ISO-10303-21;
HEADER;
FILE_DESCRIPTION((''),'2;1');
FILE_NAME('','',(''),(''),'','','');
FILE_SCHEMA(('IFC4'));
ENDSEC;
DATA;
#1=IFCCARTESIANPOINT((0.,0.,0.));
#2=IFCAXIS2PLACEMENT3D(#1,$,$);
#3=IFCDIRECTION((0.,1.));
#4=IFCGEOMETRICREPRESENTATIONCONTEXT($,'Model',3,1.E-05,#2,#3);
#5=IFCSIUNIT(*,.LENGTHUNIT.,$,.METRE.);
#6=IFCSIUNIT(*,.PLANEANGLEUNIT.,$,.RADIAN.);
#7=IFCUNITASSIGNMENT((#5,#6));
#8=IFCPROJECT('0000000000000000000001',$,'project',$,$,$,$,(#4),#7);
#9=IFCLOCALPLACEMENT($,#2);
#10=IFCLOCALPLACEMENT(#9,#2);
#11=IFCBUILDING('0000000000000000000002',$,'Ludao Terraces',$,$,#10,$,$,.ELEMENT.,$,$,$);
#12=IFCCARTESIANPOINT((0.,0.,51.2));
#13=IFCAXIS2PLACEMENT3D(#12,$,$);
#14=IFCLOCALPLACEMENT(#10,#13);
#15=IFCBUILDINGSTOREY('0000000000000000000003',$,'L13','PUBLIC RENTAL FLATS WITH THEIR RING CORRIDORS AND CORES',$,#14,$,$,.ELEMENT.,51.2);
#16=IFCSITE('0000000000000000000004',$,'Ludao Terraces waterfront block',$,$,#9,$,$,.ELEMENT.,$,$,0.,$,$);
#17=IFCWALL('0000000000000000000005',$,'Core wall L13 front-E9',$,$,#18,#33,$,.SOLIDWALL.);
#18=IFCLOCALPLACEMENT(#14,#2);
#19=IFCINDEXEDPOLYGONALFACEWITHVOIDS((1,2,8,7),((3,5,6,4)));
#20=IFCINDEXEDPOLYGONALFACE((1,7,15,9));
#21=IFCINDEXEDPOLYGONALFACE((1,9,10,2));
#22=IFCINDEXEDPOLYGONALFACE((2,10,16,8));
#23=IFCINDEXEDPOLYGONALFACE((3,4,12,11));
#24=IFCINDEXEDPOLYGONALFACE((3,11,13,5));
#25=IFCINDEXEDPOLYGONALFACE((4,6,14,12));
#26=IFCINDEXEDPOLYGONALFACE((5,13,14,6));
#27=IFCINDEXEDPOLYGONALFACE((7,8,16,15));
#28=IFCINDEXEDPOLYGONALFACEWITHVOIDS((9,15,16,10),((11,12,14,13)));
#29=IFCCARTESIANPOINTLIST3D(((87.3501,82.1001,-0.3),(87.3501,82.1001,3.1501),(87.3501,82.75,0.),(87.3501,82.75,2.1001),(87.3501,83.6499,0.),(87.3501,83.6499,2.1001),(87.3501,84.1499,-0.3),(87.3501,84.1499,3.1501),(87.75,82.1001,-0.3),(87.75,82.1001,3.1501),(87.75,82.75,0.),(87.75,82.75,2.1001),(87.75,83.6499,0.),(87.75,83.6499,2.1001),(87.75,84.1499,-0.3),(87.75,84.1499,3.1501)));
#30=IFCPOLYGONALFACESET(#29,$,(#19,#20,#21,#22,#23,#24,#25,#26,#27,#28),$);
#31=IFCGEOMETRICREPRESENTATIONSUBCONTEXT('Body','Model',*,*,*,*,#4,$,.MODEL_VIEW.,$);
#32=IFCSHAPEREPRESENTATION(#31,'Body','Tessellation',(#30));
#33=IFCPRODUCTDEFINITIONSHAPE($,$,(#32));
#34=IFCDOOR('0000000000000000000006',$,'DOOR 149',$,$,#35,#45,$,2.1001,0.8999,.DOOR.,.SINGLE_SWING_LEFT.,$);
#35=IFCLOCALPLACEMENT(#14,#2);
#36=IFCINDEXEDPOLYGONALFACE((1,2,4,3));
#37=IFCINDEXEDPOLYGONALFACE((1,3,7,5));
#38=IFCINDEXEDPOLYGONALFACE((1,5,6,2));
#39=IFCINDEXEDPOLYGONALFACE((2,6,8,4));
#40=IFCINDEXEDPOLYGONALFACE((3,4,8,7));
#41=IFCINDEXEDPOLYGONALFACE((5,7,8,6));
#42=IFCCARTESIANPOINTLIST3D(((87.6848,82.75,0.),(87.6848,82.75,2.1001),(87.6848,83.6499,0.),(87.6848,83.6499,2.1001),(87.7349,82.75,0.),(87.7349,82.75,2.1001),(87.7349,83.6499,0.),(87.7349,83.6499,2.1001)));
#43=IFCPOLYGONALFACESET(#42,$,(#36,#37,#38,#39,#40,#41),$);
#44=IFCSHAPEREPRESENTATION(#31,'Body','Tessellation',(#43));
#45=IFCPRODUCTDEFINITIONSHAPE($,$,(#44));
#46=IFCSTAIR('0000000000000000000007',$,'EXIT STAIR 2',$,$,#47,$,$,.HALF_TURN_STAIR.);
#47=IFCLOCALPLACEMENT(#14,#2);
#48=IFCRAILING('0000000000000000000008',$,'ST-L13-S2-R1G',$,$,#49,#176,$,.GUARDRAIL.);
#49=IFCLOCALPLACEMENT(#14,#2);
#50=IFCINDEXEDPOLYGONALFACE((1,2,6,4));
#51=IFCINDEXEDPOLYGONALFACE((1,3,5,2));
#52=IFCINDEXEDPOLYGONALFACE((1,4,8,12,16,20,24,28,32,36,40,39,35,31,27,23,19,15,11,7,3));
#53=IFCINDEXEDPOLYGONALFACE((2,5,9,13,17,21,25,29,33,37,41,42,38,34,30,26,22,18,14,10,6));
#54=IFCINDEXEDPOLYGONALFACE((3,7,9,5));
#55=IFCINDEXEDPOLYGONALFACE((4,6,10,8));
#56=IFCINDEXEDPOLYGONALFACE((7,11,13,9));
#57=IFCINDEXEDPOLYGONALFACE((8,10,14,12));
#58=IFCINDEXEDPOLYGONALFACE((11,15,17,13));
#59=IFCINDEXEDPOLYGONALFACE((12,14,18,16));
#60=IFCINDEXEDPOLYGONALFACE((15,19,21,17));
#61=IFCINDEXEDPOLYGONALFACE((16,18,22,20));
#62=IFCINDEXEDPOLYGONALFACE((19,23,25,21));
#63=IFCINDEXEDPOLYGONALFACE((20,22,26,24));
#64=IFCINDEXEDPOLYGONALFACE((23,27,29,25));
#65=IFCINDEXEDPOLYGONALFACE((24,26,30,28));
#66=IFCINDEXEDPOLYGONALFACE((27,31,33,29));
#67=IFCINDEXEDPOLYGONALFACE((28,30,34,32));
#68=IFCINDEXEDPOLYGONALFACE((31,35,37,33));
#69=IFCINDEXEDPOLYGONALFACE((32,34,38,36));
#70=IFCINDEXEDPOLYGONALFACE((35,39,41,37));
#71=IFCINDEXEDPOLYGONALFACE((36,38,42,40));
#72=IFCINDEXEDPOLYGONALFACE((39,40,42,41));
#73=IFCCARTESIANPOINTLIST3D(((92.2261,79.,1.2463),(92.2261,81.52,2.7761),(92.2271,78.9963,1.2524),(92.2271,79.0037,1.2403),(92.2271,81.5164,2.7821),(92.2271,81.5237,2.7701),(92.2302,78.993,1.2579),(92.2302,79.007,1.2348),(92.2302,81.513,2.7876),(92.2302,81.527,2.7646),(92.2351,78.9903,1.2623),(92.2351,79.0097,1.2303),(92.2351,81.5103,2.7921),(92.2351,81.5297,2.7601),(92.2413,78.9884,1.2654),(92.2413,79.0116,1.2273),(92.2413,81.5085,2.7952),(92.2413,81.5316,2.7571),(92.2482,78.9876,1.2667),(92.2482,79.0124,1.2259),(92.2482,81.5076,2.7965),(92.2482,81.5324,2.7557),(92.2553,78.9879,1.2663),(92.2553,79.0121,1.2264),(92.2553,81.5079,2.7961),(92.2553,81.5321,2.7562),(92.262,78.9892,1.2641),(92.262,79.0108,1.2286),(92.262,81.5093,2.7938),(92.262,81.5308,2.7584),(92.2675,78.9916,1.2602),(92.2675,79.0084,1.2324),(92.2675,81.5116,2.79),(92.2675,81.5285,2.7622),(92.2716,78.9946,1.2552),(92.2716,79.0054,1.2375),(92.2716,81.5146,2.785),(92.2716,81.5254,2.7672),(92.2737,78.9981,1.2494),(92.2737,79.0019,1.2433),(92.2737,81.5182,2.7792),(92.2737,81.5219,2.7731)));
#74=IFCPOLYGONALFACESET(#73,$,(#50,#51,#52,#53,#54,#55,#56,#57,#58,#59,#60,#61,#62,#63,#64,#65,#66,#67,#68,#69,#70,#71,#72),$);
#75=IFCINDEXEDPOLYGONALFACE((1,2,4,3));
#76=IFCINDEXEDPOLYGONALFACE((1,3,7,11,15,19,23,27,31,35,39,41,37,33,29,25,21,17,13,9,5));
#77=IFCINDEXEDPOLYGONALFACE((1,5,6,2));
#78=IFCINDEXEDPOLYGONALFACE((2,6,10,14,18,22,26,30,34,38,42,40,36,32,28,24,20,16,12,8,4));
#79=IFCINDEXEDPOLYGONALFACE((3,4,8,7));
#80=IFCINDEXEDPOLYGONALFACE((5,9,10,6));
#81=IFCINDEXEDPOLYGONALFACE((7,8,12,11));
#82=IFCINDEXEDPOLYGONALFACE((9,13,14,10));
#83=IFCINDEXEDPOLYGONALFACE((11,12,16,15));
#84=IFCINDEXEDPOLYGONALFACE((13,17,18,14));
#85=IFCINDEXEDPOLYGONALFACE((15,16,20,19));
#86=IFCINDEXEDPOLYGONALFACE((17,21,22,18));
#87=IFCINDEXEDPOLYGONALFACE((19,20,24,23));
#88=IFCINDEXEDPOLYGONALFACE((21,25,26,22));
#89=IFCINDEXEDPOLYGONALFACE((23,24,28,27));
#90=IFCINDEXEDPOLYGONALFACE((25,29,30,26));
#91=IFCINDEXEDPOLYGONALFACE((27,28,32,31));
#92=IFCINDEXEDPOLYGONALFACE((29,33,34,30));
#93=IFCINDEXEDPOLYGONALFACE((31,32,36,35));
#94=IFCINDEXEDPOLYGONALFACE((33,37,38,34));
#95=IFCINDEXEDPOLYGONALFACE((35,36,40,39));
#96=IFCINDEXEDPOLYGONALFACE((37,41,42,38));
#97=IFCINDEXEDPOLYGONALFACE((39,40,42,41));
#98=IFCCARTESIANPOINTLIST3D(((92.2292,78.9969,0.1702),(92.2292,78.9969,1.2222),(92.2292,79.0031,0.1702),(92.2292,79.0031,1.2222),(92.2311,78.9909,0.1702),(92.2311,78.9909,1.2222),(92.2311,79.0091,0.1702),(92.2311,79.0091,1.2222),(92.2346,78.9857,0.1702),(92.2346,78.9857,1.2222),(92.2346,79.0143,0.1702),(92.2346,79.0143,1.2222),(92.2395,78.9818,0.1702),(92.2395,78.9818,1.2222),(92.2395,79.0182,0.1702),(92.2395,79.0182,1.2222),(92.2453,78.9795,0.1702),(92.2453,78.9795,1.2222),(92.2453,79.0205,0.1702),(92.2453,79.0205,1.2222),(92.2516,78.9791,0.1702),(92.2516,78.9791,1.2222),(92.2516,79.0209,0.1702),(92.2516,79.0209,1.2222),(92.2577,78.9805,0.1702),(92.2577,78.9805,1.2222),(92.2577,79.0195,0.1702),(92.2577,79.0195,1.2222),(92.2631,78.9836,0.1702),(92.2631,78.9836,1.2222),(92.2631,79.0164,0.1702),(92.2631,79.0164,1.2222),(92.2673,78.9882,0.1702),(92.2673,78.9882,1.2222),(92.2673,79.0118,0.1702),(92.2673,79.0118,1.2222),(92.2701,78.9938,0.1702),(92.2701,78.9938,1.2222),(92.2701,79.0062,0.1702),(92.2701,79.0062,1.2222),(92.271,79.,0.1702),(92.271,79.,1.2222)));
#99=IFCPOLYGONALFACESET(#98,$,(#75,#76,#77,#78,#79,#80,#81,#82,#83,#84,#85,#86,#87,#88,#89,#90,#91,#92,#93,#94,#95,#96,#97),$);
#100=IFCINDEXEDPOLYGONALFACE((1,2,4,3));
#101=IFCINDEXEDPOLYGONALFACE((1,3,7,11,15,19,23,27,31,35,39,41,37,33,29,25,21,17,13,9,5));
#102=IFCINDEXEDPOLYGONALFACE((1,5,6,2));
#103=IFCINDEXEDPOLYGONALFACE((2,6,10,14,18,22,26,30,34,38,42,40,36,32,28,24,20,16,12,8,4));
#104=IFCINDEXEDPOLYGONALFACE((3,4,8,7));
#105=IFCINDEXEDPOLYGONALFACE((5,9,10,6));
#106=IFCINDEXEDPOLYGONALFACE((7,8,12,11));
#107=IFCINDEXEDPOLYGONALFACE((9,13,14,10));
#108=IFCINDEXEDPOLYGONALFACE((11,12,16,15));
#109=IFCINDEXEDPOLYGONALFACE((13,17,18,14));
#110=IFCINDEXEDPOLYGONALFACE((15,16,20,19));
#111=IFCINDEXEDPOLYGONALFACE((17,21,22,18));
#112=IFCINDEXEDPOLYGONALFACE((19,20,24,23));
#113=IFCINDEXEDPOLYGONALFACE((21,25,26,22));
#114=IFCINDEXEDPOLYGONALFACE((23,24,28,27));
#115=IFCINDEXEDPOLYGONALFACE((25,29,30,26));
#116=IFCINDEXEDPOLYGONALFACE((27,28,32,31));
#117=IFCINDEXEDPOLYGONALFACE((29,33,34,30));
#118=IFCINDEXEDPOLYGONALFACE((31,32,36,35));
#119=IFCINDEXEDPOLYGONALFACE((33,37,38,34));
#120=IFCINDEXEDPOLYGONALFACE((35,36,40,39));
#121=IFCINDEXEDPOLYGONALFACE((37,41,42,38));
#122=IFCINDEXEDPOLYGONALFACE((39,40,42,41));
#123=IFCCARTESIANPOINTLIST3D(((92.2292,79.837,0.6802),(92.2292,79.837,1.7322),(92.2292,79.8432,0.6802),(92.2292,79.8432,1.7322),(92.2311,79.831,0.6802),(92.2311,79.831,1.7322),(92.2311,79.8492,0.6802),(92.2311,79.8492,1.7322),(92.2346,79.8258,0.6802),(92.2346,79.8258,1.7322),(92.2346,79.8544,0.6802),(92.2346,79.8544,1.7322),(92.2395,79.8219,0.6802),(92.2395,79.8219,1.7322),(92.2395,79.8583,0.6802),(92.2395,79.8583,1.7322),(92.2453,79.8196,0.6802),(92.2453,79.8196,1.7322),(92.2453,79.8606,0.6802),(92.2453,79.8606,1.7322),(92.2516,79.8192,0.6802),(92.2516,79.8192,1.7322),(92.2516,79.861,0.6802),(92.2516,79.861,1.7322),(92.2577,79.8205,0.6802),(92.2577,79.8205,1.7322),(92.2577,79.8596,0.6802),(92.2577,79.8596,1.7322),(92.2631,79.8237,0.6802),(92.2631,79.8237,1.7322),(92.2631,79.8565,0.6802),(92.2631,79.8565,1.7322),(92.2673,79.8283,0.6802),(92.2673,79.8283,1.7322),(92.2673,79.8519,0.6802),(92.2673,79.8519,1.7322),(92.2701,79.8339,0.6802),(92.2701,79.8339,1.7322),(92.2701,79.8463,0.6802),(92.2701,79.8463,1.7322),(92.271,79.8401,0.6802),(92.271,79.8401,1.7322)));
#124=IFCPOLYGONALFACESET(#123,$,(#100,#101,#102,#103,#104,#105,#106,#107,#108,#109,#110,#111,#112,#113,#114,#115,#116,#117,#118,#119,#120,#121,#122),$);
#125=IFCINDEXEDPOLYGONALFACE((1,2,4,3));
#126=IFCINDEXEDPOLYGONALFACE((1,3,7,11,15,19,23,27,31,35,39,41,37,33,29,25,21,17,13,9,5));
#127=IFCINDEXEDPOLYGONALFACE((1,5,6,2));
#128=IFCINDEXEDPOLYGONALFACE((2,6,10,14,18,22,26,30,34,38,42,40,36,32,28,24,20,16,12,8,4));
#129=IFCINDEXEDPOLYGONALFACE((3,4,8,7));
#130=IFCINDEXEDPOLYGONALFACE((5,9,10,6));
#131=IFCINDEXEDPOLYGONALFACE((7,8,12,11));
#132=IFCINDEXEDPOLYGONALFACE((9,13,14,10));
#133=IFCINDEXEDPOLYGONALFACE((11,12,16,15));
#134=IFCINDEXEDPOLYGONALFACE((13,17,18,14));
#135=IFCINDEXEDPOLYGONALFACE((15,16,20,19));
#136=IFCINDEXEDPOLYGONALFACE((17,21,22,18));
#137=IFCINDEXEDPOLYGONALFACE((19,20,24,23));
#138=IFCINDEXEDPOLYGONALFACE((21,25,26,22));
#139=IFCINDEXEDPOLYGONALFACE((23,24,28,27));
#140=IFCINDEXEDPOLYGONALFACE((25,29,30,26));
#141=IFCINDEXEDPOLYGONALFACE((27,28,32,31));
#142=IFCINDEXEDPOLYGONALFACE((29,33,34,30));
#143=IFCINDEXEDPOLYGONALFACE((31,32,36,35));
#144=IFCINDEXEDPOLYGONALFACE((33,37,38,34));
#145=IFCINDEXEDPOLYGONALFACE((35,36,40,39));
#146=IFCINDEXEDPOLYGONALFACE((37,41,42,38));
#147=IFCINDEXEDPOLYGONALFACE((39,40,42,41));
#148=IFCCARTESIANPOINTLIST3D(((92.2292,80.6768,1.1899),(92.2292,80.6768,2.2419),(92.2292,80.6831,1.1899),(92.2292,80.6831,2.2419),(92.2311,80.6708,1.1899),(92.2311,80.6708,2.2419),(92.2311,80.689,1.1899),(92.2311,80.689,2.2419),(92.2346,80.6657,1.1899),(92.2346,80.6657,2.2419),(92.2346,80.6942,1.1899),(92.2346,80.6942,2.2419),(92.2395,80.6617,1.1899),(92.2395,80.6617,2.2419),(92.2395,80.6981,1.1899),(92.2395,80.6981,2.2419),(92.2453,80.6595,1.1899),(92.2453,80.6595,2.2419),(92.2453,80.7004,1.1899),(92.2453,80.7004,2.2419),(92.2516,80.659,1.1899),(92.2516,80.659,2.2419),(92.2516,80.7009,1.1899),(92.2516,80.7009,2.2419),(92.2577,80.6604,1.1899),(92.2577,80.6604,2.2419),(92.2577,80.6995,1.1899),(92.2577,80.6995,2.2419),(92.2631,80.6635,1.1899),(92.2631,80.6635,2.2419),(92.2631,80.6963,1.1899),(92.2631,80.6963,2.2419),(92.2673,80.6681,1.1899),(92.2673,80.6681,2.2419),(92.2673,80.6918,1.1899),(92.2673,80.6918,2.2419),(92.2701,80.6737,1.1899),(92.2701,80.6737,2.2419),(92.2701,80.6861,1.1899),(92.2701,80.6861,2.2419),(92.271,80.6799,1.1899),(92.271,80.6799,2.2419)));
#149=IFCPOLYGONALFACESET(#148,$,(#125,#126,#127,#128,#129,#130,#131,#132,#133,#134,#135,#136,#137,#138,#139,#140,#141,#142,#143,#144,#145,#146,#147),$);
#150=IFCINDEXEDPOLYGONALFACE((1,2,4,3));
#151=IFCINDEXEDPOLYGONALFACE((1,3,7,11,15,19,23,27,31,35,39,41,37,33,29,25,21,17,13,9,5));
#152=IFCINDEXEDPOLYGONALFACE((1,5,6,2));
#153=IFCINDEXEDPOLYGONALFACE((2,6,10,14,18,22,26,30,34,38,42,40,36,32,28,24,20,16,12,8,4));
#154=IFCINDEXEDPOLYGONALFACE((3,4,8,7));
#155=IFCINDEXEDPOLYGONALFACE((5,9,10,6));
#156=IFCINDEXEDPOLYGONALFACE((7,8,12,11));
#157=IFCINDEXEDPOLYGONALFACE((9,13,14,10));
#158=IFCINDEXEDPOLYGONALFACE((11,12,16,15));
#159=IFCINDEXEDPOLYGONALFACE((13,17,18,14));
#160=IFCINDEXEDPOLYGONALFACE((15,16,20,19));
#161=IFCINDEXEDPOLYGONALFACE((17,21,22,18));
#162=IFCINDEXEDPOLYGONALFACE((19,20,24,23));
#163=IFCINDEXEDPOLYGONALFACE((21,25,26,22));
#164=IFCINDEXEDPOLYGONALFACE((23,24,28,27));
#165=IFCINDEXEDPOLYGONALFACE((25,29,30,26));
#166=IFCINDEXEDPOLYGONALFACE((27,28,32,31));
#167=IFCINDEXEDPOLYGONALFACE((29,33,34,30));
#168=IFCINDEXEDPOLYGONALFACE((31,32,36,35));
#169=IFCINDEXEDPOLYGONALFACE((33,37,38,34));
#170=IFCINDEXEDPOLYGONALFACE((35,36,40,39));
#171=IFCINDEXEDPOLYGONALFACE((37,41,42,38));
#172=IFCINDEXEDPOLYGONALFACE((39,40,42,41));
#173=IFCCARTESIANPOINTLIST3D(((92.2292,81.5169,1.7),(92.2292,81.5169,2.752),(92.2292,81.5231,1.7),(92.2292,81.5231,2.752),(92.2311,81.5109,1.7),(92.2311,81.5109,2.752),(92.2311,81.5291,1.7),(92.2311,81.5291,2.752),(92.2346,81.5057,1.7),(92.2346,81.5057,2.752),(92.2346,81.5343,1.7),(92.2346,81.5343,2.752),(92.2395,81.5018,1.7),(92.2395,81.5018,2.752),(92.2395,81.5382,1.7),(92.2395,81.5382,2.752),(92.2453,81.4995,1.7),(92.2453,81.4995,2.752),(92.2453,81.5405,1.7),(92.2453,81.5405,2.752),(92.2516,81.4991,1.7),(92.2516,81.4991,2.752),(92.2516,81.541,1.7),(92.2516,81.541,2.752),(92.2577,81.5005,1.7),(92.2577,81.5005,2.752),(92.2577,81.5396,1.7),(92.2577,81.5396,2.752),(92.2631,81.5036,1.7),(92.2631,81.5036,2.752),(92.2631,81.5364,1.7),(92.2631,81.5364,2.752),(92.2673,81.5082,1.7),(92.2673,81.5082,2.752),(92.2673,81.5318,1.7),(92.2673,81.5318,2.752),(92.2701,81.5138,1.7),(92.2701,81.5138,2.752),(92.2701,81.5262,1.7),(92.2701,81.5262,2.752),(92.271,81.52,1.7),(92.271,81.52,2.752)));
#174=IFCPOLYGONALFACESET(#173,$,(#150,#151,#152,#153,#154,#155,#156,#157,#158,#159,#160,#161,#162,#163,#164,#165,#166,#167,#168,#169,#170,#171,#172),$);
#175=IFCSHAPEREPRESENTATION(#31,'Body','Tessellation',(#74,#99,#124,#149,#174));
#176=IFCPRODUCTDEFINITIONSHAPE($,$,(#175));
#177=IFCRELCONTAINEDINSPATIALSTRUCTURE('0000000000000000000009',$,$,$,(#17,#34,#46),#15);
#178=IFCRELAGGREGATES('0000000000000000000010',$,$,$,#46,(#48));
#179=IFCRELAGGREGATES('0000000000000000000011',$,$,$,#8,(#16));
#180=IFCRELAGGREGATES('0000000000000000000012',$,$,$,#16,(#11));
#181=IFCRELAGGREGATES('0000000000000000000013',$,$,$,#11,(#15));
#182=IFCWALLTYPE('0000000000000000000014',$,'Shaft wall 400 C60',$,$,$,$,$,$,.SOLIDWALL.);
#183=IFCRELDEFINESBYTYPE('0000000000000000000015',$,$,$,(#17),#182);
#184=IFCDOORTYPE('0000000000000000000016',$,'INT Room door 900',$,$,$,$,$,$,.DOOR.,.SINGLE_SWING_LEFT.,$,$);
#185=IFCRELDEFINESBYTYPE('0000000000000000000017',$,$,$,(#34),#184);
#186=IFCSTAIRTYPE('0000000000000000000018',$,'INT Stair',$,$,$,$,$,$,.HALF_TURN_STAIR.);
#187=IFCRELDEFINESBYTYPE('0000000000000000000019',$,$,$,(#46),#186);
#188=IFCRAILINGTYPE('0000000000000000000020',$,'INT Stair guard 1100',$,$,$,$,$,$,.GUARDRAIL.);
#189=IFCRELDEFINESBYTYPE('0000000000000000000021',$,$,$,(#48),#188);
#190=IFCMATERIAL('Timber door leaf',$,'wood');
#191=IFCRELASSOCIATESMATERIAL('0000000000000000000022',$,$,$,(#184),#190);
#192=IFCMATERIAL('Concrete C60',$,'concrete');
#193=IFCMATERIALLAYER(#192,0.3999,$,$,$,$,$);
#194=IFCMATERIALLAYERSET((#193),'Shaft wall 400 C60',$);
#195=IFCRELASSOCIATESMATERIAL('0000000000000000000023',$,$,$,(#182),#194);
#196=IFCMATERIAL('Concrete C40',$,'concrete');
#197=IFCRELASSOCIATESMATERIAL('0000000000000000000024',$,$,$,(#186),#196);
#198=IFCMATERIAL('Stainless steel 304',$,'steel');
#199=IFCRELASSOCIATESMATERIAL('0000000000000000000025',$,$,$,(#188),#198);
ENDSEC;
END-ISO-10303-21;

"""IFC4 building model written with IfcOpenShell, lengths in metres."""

from ifc_helpers import new_model, si_unit, direction, frame, frame_2d, origin, origin_2d, place, context, subcontext, project, spatial, rectangle, circle, extrude, material, layer, layer_set, type_object, element, fill, aggregate, save


model = new_model("IFC4")

# Units and contexts
model_context = context("Model", 3, precision=1e-05, world=origin(), true_north=direction((0.0, 1.0)))
body_context = subcontext(model_context, "Body", "Model", "MODEL_VIEW")
ifc_project = project(units=[si_unit("LENGTHUNIT", "METRE"), si_unit("PLANEANGLEUNIT", "RADIAN")], contexts=[model_context])

# Site, building, storey
site_placement = place(None, origin())
site = spatial("IfcSite", under=ifc_project, at=site_placement, Name="Ludao Terraces waterfront block", CompositionType="ELEMENT", RefElevation=0.0)
building_placement = place(site_placement, origin())
building = spatial("IfcBuilding", under=site, at=building_placement, Name="Ludao Terraces", CompositionType="ELEMENT")
storey_placement = place(building_placement, frame((0.0, 0.0, 51.2)))
storey = spatial("IfcBuildingStorey", under=building, at=storey_placement, Name="L13", Description="PUBLIC RENTAL FLATS WITH THEIR RING CORRIDORS AND CORES", CompositionType="ELEMENT", Elevation=51.2)

# Shared definitions
ifc_material_1 = material(Name="Timber door leaf", Category="wood")
door_type_1 = type_object("IfcDoorType", Name="INT Room door 900", OperationType="SINGLE_SWING_LEFT", PredefinedType="DOOR", material=ifc_material_1)

# Shared definitions
ifc_material_2 = material(Name="Concrete C60", Category="concrete")
ifc_layer_1 = layer(ifc_material_2, 0.3999)
ifc_layer_set_1 = layer_set([ifc_layer_1], Name="Shaft wall 400 C60")
wall_type_1 = type_object("IfcWallType", Name="Shaft wall 400 C60", PredefinedType="SOLIDWALL", material=ifc_layer_set_1)
ifc_material_3 = material(Name="Stainless steel 304", Category="steel")

# Wall, opening, door
wall_1_placement = place(storey_placement, frame((87.55, 82.1001, -0.3), z_axis=(0.0, 0.0, 1.0), x_axis=(0.0, 1.0, 0.0)))
wall_1 = element("IfcWall", 1, at=wall_1_placement, inside=storey, type_object=wall_type_1, Name="Core wall L13 front-E9", PredefinedType="SOLIDWALL", context=body_context, shape_type="SweptSolid", body=[
    extrude(rectangle(XDim=2.0498, YDim=0.3999, at=frame_2d((1.0249, 0.0))), origin(), (0.0, 0.0, 1.0), 3.4502),
])
opening_1_placement = place(wall_1_placement, frame((0.6499, 0.0, 0.3)))
opening_1 = element("IfcOpeningElement", 2, at=opening_1_placement, cuts=wall_1, PredefinedType="OPENING", context=body_context, shape_type="SweptSolid", body=[
    extrude(rectangle(XDim=0.8999, YDim=2.1001, at=frame_2d((0.45, 1.05))), frame((0.0, 0.21, 0.0), z_axis=(0.0, -1.0, 0.0), x_axis=(1.0, 0.0, 0.0)), (0.0, 0.0, 1.0), 0.4199),
])
door_1_placement = place(opening_1_placement, origin())
door_1 = element("IfcDoor", 3, at=door_1_placement, inside=storey, type_object=door_type_1, Name="DOOR 149", OperationType="SINGLE_SWING_LEFT", OverallHeight=2.1001, OverallWidth=0.8999, PredefinedType="DOOR", context=body_context, shape_type="SweptSolid", body=[
    extrude(rectangle(XDim=0.8999, YDim=2.1001, at=frame_2d((0.45, 1.05))), frame((0.0, -0.1348, 0.0), z_axis=(0.0, -1.0, 0.0), x_axis=(1.0, 0.0, 0.0)), (0.0, 0.0, 1.0), 0.05),
])
fill(opening_1, door_1)

# Stair, railing
ifc_material_4 = material(Name="Concrete C40", Category="concrete")
stair_type = type_object("IfcStairType", Name="INT Stair", PredefinedType="HALF_TURN_STAIR", material=ifc_material_4)
stair_placement = place(storey_placement, origin())
stair = element("IfcStair", 4, at=stair_placement, inside=storey, type_object=stair_type, Name="EXIT STAIR 2", PredefinedType="HALF_TURN_STAIR")
railing_type = type_object("IfcRailingType", Name="INT Stair guard 1100", PredefinedType="GUARDRAIL", material=ifc_material_3)
railing_1_placement = place(storey_placement, frame((92.25, 79.0, 0.1702)))
railing_1 = element("IfcRailing", 5, at=railing_1_placement, type_object=railing_type, Name="ST-L13-S2-R1G", PredefinedType="GUARDRAIL", context=body_context, shape_type="SweptSolid", body=[
    extrude(circle(Radius=0.0239, at=origin_2d()), frame((0.0, 0.0, 1.0762), z_axis=(0.0, 0.854822, 0.518922), x_axis=(-1.0, 0.0, 0.0)), (0.0, 0.0, 1.0), 2.948),
    extrude(circle(Radius=0.021, at=origin_2d()), origin(), (0.0, 0.0, 1.0), 1.052),
    extrude(circle(Radius=0.021, at=origin_2d()), frame((0.0, 0.8401, 0.51)), (0.0, 0.0, 1.0), 1.052),
    extrude(circle(Radius=0.021, at=origin_2d()), frame((0.0, 1.6799, 1.0198)), (0.0, 0.0, 1.0), 1.052),
    extrude(circle(Radius=0.021, at=origin_2d()), frame((0.0, 2.52, 1.5298)), (0.0, 0.0, 1.0), 1.052),
])
aggregate(stair, [railing_1])

save(model, "model.ifc")
